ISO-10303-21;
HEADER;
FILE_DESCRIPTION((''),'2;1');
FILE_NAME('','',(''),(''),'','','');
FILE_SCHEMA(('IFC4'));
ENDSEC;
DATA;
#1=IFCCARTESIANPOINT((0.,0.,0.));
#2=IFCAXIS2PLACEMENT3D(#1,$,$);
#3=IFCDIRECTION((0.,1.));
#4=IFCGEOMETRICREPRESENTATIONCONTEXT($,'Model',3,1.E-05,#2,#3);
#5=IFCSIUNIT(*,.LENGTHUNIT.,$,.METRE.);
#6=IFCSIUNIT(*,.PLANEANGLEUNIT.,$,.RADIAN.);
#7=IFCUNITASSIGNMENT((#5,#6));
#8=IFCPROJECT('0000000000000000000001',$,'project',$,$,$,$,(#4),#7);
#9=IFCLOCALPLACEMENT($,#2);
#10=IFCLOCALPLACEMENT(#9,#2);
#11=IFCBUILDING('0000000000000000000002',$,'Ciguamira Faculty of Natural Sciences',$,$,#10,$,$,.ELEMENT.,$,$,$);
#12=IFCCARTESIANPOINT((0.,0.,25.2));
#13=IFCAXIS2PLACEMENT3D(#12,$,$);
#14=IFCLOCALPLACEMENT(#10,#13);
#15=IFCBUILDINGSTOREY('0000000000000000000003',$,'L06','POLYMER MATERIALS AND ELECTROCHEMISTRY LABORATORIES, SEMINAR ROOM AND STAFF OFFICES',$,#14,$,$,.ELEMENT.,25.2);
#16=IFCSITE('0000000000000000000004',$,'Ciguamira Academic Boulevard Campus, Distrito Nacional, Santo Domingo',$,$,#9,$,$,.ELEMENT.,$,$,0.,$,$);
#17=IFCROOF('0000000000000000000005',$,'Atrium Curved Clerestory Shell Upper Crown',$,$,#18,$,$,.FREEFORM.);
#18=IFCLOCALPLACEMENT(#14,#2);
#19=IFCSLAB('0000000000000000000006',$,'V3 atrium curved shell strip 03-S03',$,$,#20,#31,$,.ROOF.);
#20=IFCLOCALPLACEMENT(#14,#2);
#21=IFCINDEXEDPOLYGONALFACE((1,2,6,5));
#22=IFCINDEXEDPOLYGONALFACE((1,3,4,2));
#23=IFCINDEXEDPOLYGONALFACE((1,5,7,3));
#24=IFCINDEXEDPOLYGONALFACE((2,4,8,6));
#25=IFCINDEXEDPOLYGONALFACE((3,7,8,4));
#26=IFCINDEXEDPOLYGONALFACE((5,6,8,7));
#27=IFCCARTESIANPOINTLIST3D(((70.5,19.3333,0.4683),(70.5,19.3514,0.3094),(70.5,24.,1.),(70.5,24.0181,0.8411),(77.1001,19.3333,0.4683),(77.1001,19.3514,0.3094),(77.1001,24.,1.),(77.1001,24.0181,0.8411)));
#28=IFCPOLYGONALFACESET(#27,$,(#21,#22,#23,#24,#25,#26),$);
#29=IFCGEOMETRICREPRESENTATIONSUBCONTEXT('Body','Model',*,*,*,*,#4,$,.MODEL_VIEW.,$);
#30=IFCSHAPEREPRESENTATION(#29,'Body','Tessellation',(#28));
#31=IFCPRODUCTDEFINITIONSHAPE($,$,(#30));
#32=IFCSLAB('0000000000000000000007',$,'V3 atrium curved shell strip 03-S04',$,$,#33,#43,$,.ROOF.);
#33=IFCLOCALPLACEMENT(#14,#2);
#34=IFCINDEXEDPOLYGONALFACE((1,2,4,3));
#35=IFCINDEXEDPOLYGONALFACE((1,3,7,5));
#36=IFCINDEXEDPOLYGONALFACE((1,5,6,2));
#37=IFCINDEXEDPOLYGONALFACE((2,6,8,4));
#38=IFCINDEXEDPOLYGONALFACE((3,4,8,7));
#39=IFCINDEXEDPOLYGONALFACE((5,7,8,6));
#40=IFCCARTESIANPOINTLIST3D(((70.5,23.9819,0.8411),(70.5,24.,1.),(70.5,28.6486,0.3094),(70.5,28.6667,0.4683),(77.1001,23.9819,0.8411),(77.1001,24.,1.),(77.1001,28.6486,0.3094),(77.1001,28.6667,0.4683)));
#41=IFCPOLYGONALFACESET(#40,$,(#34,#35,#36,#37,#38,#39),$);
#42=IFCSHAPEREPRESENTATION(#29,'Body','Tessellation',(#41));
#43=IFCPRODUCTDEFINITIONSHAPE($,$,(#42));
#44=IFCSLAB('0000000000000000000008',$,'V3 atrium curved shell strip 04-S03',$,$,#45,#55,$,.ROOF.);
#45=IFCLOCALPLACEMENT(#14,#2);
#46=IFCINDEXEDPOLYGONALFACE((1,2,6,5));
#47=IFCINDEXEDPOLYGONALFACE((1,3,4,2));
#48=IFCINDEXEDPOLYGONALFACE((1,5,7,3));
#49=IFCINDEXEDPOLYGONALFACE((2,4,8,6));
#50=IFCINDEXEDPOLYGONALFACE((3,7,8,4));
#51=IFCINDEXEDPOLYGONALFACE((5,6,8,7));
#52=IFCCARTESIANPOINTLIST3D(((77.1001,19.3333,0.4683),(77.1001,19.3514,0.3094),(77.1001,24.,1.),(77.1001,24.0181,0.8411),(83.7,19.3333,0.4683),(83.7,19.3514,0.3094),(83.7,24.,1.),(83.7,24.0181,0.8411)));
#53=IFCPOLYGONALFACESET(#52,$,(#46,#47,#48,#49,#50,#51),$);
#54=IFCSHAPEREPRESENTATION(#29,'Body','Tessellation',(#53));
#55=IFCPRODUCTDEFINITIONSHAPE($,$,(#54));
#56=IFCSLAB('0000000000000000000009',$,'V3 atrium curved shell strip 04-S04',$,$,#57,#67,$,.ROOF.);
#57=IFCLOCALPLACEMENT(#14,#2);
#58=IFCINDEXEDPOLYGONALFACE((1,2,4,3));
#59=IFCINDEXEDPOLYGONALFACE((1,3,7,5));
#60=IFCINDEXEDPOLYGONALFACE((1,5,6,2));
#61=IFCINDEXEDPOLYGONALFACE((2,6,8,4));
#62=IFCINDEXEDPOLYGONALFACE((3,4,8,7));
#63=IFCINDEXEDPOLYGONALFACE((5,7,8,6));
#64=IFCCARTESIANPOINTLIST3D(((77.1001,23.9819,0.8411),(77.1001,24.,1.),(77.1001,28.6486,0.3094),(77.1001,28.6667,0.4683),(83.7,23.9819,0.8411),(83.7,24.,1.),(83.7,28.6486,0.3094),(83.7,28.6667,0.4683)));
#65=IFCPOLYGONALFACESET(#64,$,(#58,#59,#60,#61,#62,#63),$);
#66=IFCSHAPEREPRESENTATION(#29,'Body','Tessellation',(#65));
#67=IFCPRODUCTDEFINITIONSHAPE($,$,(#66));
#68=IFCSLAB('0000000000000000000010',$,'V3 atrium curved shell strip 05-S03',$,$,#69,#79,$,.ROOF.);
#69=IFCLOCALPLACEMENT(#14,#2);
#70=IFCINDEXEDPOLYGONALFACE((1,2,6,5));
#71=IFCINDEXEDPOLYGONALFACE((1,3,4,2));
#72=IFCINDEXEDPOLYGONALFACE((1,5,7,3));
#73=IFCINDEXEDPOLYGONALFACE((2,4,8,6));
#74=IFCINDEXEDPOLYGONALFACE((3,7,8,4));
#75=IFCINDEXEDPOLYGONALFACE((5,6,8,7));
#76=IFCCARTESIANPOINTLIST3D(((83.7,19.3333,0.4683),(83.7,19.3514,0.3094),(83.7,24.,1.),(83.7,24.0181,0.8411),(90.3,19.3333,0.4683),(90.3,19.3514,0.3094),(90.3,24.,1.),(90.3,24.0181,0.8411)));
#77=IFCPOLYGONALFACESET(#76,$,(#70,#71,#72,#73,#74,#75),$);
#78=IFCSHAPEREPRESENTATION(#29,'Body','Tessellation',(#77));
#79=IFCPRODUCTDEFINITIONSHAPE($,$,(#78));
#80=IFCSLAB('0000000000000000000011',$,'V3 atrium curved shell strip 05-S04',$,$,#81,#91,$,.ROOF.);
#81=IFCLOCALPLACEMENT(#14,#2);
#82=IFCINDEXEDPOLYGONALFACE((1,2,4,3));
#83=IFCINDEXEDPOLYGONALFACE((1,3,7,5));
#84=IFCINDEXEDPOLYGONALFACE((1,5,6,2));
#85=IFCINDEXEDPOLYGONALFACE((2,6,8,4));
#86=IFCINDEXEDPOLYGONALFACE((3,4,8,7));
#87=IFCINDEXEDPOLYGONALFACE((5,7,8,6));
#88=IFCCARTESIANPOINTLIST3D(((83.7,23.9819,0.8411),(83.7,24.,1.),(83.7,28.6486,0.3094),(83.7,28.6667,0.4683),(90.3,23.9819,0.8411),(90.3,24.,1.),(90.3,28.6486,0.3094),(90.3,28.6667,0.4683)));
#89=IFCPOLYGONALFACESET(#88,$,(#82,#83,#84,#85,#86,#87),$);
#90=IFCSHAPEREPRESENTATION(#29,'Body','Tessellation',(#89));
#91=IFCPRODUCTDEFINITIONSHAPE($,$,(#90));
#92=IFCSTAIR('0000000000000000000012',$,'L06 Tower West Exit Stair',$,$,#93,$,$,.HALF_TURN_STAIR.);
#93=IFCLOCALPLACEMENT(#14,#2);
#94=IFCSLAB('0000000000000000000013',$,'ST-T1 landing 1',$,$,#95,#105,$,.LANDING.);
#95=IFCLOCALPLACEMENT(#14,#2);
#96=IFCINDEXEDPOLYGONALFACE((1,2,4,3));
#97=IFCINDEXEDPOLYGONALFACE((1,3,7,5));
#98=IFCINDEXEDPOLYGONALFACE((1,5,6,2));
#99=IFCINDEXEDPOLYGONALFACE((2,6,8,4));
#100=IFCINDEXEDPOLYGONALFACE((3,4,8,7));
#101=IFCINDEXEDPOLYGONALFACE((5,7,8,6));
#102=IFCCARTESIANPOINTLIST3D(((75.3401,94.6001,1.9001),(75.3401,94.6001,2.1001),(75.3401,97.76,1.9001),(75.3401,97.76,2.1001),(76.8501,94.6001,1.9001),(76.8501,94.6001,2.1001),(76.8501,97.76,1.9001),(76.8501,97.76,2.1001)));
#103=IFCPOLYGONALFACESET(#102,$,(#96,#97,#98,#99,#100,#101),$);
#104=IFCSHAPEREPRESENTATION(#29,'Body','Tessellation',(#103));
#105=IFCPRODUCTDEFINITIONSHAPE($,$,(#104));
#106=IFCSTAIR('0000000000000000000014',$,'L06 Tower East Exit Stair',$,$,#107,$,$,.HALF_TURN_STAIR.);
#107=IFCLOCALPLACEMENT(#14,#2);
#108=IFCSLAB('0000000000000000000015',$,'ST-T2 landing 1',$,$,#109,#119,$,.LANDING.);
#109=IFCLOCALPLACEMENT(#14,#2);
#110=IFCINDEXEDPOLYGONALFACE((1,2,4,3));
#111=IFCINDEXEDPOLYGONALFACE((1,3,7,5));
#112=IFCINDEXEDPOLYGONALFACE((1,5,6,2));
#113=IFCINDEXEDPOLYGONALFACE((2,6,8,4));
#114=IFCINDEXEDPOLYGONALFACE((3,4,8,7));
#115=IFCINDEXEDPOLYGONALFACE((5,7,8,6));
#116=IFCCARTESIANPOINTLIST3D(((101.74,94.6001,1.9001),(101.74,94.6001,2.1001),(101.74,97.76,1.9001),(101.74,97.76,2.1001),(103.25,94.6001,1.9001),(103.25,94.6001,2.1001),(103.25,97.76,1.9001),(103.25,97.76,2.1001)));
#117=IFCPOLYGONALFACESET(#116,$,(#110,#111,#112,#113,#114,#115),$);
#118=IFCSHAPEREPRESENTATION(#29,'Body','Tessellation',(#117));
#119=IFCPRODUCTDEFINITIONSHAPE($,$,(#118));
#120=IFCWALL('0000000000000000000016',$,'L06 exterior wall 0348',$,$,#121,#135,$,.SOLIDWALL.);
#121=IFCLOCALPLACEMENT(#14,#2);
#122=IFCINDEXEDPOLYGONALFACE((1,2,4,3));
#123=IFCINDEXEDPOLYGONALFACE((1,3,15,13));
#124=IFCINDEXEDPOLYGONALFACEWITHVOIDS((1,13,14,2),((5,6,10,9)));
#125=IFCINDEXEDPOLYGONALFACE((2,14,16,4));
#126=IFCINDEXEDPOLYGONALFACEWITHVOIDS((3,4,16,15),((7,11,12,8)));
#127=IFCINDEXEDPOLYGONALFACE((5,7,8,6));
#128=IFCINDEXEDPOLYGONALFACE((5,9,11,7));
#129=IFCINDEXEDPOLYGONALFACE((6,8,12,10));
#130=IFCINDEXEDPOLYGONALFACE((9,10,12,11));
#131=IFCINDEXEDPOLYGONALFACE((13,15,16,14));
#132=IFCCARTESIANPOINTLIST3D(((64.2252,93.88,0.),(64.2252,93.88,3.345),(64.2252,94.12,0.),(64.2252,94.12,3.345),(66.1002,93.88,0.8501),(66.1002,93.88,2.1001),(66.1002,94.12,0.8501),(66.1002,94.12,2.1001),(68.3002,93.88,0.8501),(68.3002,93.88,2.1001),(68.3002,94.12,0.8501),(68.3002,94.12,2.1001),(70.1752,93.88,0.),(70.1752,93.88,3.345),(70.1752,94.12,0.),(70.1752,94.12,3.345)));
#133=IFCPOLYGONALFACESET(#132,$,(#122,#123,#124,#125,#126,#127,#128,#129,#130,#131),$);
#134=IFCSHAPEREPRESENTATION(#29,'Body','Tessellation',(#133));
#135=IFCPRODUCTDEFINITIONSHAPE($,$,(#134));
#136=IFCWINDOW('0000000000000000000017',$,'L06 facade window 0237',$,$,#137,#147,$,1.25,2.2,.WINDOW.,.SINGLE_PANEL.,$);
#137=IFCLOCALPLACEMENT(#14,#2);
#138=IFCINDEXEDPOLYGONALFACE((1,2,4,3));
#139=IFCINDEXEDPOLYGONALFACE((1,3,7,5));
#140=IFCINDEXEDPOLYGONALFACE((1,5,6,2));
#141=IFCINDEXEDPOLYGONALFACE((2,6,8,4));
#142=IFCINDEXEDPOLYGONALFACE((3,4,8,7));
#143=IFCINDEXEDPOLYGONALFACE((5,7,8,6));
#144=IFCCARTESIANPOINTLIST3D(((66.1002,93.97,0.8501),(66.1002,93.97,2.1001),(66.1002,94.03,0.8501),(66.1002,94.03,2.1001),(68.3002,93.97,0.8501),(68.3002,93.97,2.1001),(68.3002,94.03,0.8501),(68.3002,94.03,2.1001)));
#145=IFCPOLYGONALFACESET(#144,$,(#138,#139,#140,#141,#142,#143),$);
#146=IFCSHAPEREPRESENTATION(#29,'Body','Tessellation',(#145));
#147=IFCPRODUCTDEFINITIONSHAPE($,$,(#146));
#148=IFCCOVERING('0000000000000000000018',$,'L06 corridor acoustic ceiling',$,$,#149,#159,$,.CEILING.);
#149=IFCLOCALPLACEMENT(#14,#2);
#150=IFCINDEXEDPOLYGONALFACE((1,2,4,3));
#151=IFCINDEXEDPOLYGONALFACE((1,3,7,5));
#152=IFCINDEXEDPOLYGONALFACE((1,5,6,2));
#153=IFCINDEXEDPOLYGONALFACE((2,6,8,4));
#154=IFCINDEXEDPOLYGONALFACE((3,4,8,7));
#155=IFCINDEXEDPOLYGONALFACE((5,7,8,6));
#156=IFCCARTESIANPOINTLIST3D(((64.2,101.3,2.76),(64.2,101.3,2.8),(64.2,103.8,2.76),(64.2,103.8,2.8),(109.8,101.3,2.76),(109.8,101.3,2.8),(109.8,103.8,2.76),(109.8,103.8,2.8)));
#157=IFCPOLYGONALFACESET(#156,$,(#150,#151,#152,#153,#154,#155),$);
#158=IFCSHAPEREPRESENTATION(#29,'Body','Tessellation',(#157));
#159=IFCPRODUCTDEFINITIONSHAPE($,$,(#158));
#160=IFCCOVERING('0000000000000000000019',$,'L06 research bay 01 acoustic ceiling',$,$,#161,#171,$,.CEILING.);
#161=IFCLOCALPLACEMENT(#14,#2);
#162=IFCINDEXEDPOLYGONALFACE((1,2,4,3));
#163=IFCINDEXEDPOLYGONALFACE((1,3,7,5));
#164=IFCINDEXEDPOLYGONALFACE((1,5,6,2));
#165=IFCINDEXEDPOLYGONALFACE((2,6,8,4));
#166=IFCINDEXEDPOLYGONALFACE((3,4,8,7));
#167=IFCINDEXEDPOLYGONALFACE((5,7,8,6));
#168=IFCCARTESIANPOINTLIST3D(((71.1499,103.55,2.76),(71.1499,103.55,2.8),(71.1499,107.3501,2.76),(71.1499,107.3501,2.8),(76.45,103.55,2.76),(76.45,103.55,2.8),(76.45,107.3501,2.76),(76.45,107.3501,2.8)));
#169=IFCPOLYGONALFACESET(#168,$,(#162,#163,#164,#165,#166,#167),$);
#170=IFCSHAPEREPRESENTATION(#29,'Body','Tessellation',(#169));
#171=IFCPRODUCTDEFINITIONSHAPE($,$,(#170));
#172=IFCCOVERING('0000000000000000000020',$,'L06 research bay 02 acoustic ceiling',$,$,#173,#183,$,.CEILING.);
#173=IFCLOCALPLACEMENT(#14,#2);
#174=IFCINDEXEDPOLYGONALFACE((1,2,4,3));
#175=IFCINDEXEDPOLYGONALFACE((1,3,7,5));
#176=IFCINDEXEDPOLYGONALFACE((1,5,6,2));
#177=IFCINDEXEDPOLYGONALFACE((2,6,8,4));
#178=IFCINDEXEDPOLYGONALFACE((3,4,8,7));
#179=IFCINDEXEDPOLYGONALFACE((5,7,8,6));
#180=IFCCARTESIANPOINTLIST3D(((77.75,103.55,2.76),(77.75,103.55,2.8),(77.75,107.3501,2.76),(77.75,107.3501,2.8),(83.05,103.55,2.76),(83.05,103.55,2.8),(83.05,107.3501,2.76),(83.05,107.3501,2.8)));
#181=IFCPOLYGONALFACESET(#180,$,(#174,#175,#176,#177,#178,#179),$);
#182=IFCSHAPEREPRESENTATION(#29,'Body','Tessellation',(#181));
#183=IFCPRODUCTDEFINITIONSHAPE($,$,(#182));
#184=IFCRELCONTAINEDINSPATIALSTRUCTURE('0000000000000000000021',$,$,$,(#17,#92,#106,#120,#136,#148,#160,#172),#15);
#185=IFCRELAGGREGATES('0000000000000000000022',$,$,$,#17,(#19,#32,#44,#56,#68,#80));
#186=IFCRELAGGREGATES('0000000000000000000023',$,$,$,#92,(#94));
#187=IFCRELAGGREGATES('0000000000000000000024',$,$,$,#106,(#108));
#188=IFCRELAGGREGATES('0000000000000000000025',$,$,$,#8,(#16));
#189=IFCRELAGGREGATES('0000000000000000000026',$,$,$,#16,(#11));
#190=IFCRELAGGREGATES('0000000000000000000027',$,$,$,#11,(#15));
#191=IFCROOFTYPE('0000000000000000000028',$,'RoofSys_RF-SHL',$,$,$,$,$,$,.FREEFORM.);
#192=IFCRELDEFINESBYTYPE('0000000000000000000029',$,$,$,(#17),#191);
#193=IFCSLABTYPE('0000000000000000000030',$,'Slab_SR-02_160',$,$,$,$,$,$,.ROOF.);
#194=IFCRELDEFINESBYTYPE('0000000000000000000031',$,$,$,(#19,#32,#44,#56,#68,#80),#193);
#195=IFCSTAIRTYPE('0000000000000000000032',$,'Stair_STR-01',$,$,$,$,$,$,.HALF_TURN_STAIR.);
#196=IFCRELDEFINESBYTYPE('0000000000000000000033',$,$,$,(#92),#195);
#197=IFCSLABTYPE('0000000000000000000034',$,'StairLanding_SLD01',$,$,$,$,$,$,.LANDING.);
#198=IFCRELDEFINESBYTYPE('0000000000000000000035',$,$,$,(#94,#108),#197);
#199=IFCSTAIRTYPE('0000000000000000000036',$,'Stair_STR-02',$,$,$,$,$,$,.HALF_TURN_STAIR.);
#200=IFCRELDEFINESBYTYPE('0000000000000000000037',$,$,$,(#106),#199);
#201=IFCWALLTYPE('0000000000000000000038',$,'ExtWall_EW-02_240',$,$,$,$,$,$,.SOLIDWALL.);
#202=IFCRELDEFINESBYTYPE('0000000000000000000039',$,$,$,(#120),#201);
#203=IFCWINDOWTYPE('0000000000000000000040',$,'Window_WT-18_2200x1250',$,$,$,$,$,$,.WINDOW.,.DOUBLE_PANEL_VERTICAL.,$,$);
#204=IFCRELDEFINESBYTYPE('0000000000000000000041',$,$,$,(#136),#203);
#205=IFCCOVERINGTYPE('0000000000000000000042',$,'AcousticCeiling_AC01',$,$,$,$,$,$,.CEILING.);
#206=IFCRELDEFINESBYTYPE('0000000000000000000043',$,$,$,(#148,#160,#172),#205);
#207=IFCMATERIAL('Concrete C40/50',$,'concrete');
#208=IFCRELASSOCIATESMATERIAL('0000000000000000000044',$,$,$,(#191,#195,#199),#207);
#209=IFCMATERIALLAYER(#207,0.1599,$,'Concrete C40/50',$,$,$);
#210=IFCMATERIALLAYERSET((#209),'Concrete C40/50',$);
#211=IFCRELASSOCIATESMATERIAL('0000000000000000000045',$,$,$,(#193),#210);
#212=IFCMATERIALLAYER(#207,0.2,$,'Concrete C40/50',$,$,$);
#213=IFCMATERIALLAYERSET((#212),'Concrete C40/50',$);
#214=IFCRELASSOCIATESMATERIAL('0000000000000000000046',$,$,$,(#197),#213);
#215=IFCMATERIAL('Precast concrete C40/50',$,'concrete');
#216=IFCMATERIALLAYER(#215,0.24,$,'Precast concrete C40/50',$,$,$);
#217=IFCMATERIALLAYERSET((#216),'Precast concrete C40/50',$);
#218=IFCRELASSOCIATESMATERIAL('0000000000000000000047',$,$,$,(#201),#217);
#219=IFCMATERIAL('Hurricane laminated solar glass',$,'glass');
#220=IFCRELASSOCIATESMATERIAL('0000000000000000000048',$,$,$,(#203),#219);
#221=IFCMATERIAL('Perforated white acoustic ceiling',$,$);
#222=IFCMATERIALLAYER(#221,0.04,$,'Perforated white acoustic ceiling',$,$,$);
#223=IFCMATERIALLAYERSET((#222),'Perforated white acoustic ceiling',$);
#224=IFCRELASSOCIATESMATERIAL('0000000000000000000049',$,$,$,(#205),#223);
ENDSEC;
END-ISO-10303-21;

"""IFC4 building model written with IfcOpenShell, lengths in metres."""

from ifc_helpers import new_model, si_unit, direction, frame, frame_2d, origin, place, context, subcontext, project, spatial, polyline, rectangle, outline, extrude, material, layer, layer_set, type_object, element, fill, aggregate, save


model = new_model("IFC4")

# Units and contexts
model_context = context("Model", 3, precision=1e-05, world=origin(), true_north=direction((0.0, 1.0)))
body_context = subcontext(model_context, "Body", "Model", "MODEL_VIEW")
ifc_project = project(units=[si_unit("LENGTHUNIT", "METRE"), si_unit("PLANEANGLEUNIT", "RADIAN")], contexts=[model_context])

# Site, building, storey
site_placement = place(None, origin())
site = spatial("IfcSite", under=ifc_project, at=site_placement, Name="Ciguamira Academic Boulevard Campus, Distrito Nacional, Santo Domingo", CompositionType="ELEMENT", RefElevation=0.0)
building_placement = place(site_placement, origin())
building = spatial("IfcBuilding", under=site, at=building_placement, Name="Ciguamira Faculty of Natural Sciences", CompositionType="ELEMENT")
storey_placement = place(building_placement, frame((0.0, 0.0, 25.2)))
storey = spatial("IfcBuildingStorey", under=building, at=storey_placement, Name="L06", Description="POLYMER MATERIALS AND ELECTROCHEMISTRY LABORATORIES, SEMINAR ROOM AND STAFF OFFICES", CompositionType="ELEMENT", Elevation=25.2)

# Shared definitions
ifc_material_1 = material(Name="Concrete C40/50", Category="concrete")

# Roof, slabs
roof_type = type_object("IfcRoofType", Name="RoofSys_RF-SHL", PredefinedType="FREEFORM", material=ifc_material_1)
roof_placement = place(storey_placement, origin())
roof = element("IfcRoof", 1, at=roof_placement, inside=storey, type_object=roof_type, Name="Atrium Curved Clerestory Shell Upper Crown", PredefinedType="FREEFORM")
ifc_layer_1 = layer(ifc_material_1, 0.1599, Name="Concrete C40/50")
ifc_layer_set_1 = layer_set([ifc_layer_1], Name="Concrete C40/50")
slab_type_1 = type_object("IfcSlabType", Name="Slab_SR-02_160", PredefinedType="ROOF", material=ifc_layer_set_1)
slab_1_placement = place(storey_placement, frame((70.5, 19.3333, 0.4683), z_axis=(0.0, -0.113209, 0.993571), x_axis=(1.0, 0.0, 0.0)))
slab_1 = element("IfcSlab", 2, at=slab_1_placement, type_object=slab_type_1, Name="V3 atrium curved shell strip 03-S03", PredefinedType="ROOF", context=body_context, shape_type="SweptSolid", body=[
    extrude(outline(polyline([(0.0, 0.0), (6.6001, 0.0), (6.6001, 4.6969), (0.0, 4.6969), (0.0, 0.0)])), origin(), (0.0, 0.0, -1.0), 0.1599),
])
slab_2_placement = place(storey_placement, frame((70.5, 24.0, 1.0), z_axis=(0.0, 0.113209, 0.993571), x_axis=(1.0, 0.0, 0.0)))
slab_2 = element("IfcSlab", 3, at=slab_2_placement, type_object=slab_type_1, Name="V3 atrium curved shell strip 03-S04", PredefinedType="ROOF", context=body_context, shape_type="SweptSolid", body=[
    extrude(outline(polyline([(0.0, 0.0), (6.6001, 0.0), (6.6001, 4.6969), (0.0, 4.6969), (0.0, 0.0)])), origin(), (0.0, 0.0, -1.0), 0.1599),
])
slab_3_placement = place(storey_placement, frame((77.1001, 19.3333, 0.4683), z_axis=(0.0, -0.113209, 0.993571), x_axis=(1.0, 0.0, 0.0)))
slab_3 = element("IfcSlab", 4, at=slab_3_placement, type_object=slab_type_1, Name="V3 atrium curved shell strip 04-S03", PredefinedType="ROOF", context=body_context, shape_type="SweptSolid", body=[
    extrude(outline(polyline([(0.0, 0.0), (6.5999, 0.0), (6.5999, 4.6969), (0.0, 4.6969), (0.0, 0.0)])), origin(), (0.0, 0.0, -1.0), 0.1599),
])
slab_4_placement = place(storey_placement, frame((77.1001, 24.0, 1.0), z_axis=(0.0, 0.113209, 0.993571), x_axis=(1.0, 0.0, 0.0)))
slab_4 = element("IfcSlab", 5, at=slab_4_placement, type_object=slab_type_1, Name="V3 atrium curved shell strip 04-S04", PredefinedType="ROOF", context=body_context, shape_type="SweptSolid", body=[
    extrude(outline(polyline([(0.0, 0.0), (6.5999, 0.0), (6.5999, 4.6969), (0.0, 4.6969), (0.0, 0.0)])), origin(), (0.0, 0.0, -1.0), 0.1599),
])
slab_5_placement = place(storey_placement, frame((83.7, 19.3333, 0.4683), z_axis=(0.0, -0.113209, 0.993571), x_axis=(1.0, 0.0, 0.0)))
slab_5 = element("IfcSlab", 6, at=slab_5_placement, type_object=slab_type_1, Name="V3 atrium curved shell strip 05-S03", PredefinedType="ROOF", context=body_context, shape_type="SweptSolid", body=[
    extrude(outline(polyline([(0.0, 0.0), (6.6001, 0.0), (6.6001, 4.6969), (0.0, 4.6969), (0.0, 0.0)])), origin(), (0.0, 0.0, -1.0), 0.1599),
])
slab_6_placement = place(storey_placement, frame((83.7, 24.0, 1.0), z_axis=(0.0, 0.113209, 0.993571), x_axis=(1.0, 0.0, 0.0)))
slab_6 = element("IfcSlab", 7, at=slab_6_placement, type_object=slab_type_1, Name="V3 atrium curved shell strip 05-S04", PredefinedType="ROOF", context=body_context, shape_type="SweptSolid", body=[
    extrude(outline(polyline([(0.0, 0.0), (6.6001, 0.0), (6.6001, 4.6969), (0.0, 4.6969), (0.0, 0.0)])), origin(), (0.0, 0.0, -1.0), 0.1599),
])
aggregate(roof, [slab_1, slab_2, slab_3, slab_4, slab_5, slab_6])

# Stairs, slabs
stair_type_1 = type_object("IfcStairType", Name="Stair_STR-01", PredefinedType="HALF_TURN_STAIR", material=ifc_material_1)
stair_1_placement = place(storey_placement, origin())
stair_1 = element("IfcStair", 8, at=stair_1_placement, inside=storey, type_object=stair_type_1, Name="L06 Tower West Exit Stair", PredefinedType="HALF_TURN_STAIR")
ifc_layer_2 = layer(ifc_material_1, 0.2, Name="Concrete C40/50")
ifc_layer_set_2 = layer_set([ifc_layer_2], Name="Concrete C40/50")
slab_type_2 = type_object("IfcSlabType", Name="StairLanding_SLD01", PredefinedType="LANDING", material=ifc_layer_set_2)
slab_7_placement = place(storey_placement, frame((0.0, 0.0, 1.9001)))
slab_7 = element("IfcSlab", 9, at=slab_7_placement, type_object=slab_type_2, Name="ST-T1 landing 1", PredefinedType="LANDING", context=body_context, shape_type="SweptSolid", body=[
    extrude(outline(polyline([(75.3401, 94.6001), (76.8501, 94.6001), (76.8501, 97.76), (75.3401, 97.76), (75.3401, 94.6001)])), origin(), (0.0, 0.0, 1.0), 0.2),
])
aggregate(stair_1, [slab_7])
stair_type_2 = type_object("IfcStairType", Name="Stair_STR-02", PredefinedType="HALF_TURN_STAIR", material=ifc_material_1)
stair_2_placement = place(storey_placement, origin())
stair_2 = element("IfcStair", 10, at=stair_2_placement, inside=storey, type_object=stair_type_2, Name="L06 Tower East Exit Stair", PredefinedType="HALF_TURN_STAIR")
slab_8_placement = place(storey_placement, frame((0.0, 0.0, 1.9001)))
slab_8 = element("IfcSlab", 11, at=slab_8_placement, type_object=slab_type_2, Name="ST-T2 landing 1", PredefinedType="LANDING", context=body_context, shape_type="SweptSolid", body=[
    extrude(outline(polyline([(101.74, 94.6001), (103.25, 94.6001), (103.25, 97.76), (101.74, 97.76), (101.74, 94.6001)])), origin(), (0.0, 0.0, 1.0), 0.2),
])
aggregate(stair_2, [slab_8])

# Wall, opening, window
ifc_material_2 = material(Name="Precast concrete C40/50", Category="concrete")
ifc_layer_3 = layer(ifc_material_2, 0.24, Name="Precast concrete C40/50")
ifc_layer_set_3 = layer_set([ifc_layer_3], Name="Precast concrete C40/50")
wall_type = type_object("IfcWallType", Name="ExtWall_EW-02_240", PredefinedType="SOLIDWALL", material=ifc_layer_set_3)
wall_placement = place(storey_placement, frame((64.2251, 94.0, 0.0), z_axis=(0.0, 0.0, 1.0), x_axis=(1.0, 0.0, 0.0)))
wall = element("IfcWall", 12, at=wall_placement, inside=storey, type_object=wall_type, Name="L06 exterior wall 0348", PredefinedType="SOLIDWALL", context=body_context, shape_type="SweptSolid", body=[
    extrude(rectangle(XDim=5.95, YDim=0.24, at=frame_2d((2.9751, 0.0))), origin(), (0.0, 0.0, 1.0), 3.345),
])
opening_placement = place(wall_placement, frame((1.875, 0.0, 0.8501)))
opening = element("IfcOpeningElement", 13, at=opening_placement, cuts=wall, PredefinedType="OPENING", context=body_context, shape_type="SweptSolid", body=[
    extrude(rectangle(XDim=2.2, YDim=1.25, at=frame_2d((1.1001, 0.625))), frame((0.0, 0.1299, 0.0), z_axis=(0.0, -1.0, 0.0), x_axis=(1.0, 0.0, 0.0)), (0.0, 0.0, 1.0), 0.26),
])
ifc_material_3 = material(Name="Hurricane laminated solar glass", Category="glass")
window_type = type_object("IfcWindowType", Name="Window_WT-18_2200x1250", PartitioningType="DOUBLE_PANEL_VERTICAL", PredefinedType="WINDOW", material=ifc_material_3)
window_placement = place(opening_placement, origin())
window = element("IfcWindow", 14, at=window_placement, inside=storey, type_object=window_type, Name="L06 facade window 0237", OverallHeight=1.25, OverallWidth=2.2, PartitioningType="SINGLE_PANEL", PredefinedType="WINDOW", context=body_context, shape_type="SweptSolid", body=[
    extrude(rectangle(XDim=2.2, YDim=1.25, at=frame_2d((1.1001, 0.625))), frame((0.0, 0.03, 0.0), z_axis=(0.0, -1.0, 0.0), x_axis=(1.0, 0.0, 0.0)), (0.0, 0.0, 1.0), 0.0601),
])
fill(opening, window)

# Coverings
ifc_material_4 = material(Name="Perforated white acoustic ceiling")
ifc_layer_4 = layer(ifc_material_4, 0.04, Name="Perforated white acoustic ceiling")
ifc_layer_set_4 = layer_set([ifc_layer_4], Name="Perforated white acoustic ceiling")
covering_type = type_object("IfcCoveringType", Name="AcousticCeiling_AC01", PredefinedType="CEILING", material=ifc_layer_set_4)
covering_1_placement = place(storey_placement, frame((0.0, 0.0, 2.76)))
element("IfcCovering", 15, at=covering_1_placement, inside=storey, type_object=covering_type, Name="L06 corridor acoustic ceiling", PredefinedType="CEILING", context=body_context, shape_type="SweptSolid", body=[
    extrude(outline(polyline([(64.2, 101.3), (109.8, 101.3), (109.8, 103.8), (64.2, 103.8), (64.2, 101.3)])), origin(), (0.0, 0.0, 1.0), 0.04),
])
covering_2_placement = place(storey_placement, frame((0.0, 0.0, 2.76)))
element("IfcCovering", 16, at=covering_2_placement, inside=storey, type_object=covering_type, Name="L06 research bay 01 acoustic ceiling", PredefinedType="CEILING", context=body_context, shape_type="SweptSolid", body=[
    extrude(outline(polyline([(71.1499, 103.55), (76.45, 103.55), (76.45, 107.3501), (71.1499, 107.3501), (71.1499, 103.55)])), origin(), (0.0, 0.0, 1.0), 0.04),
])
covering_3_placement = place(storey_placement, frame((0.0, 0.0, 2.76)))
element("IfcCovering", 17, at=covering_3_placement, inside=storey, type_object=covering_type, Name="L06 research bay 02 acoustic ceiling", PredefinedType="CEILING", context=body_context, shape_type="SweptSolid", body=[
    extrude(outline(polyline([(77.75, 103.55), (83.05, 103.55), (83.05, 107.3501), (77.75, 107.3501), (77.75, 103.55)])), origin(), (0.0, 0.0, 1.0), 0.04),
])

save(model, "model.ifc")
